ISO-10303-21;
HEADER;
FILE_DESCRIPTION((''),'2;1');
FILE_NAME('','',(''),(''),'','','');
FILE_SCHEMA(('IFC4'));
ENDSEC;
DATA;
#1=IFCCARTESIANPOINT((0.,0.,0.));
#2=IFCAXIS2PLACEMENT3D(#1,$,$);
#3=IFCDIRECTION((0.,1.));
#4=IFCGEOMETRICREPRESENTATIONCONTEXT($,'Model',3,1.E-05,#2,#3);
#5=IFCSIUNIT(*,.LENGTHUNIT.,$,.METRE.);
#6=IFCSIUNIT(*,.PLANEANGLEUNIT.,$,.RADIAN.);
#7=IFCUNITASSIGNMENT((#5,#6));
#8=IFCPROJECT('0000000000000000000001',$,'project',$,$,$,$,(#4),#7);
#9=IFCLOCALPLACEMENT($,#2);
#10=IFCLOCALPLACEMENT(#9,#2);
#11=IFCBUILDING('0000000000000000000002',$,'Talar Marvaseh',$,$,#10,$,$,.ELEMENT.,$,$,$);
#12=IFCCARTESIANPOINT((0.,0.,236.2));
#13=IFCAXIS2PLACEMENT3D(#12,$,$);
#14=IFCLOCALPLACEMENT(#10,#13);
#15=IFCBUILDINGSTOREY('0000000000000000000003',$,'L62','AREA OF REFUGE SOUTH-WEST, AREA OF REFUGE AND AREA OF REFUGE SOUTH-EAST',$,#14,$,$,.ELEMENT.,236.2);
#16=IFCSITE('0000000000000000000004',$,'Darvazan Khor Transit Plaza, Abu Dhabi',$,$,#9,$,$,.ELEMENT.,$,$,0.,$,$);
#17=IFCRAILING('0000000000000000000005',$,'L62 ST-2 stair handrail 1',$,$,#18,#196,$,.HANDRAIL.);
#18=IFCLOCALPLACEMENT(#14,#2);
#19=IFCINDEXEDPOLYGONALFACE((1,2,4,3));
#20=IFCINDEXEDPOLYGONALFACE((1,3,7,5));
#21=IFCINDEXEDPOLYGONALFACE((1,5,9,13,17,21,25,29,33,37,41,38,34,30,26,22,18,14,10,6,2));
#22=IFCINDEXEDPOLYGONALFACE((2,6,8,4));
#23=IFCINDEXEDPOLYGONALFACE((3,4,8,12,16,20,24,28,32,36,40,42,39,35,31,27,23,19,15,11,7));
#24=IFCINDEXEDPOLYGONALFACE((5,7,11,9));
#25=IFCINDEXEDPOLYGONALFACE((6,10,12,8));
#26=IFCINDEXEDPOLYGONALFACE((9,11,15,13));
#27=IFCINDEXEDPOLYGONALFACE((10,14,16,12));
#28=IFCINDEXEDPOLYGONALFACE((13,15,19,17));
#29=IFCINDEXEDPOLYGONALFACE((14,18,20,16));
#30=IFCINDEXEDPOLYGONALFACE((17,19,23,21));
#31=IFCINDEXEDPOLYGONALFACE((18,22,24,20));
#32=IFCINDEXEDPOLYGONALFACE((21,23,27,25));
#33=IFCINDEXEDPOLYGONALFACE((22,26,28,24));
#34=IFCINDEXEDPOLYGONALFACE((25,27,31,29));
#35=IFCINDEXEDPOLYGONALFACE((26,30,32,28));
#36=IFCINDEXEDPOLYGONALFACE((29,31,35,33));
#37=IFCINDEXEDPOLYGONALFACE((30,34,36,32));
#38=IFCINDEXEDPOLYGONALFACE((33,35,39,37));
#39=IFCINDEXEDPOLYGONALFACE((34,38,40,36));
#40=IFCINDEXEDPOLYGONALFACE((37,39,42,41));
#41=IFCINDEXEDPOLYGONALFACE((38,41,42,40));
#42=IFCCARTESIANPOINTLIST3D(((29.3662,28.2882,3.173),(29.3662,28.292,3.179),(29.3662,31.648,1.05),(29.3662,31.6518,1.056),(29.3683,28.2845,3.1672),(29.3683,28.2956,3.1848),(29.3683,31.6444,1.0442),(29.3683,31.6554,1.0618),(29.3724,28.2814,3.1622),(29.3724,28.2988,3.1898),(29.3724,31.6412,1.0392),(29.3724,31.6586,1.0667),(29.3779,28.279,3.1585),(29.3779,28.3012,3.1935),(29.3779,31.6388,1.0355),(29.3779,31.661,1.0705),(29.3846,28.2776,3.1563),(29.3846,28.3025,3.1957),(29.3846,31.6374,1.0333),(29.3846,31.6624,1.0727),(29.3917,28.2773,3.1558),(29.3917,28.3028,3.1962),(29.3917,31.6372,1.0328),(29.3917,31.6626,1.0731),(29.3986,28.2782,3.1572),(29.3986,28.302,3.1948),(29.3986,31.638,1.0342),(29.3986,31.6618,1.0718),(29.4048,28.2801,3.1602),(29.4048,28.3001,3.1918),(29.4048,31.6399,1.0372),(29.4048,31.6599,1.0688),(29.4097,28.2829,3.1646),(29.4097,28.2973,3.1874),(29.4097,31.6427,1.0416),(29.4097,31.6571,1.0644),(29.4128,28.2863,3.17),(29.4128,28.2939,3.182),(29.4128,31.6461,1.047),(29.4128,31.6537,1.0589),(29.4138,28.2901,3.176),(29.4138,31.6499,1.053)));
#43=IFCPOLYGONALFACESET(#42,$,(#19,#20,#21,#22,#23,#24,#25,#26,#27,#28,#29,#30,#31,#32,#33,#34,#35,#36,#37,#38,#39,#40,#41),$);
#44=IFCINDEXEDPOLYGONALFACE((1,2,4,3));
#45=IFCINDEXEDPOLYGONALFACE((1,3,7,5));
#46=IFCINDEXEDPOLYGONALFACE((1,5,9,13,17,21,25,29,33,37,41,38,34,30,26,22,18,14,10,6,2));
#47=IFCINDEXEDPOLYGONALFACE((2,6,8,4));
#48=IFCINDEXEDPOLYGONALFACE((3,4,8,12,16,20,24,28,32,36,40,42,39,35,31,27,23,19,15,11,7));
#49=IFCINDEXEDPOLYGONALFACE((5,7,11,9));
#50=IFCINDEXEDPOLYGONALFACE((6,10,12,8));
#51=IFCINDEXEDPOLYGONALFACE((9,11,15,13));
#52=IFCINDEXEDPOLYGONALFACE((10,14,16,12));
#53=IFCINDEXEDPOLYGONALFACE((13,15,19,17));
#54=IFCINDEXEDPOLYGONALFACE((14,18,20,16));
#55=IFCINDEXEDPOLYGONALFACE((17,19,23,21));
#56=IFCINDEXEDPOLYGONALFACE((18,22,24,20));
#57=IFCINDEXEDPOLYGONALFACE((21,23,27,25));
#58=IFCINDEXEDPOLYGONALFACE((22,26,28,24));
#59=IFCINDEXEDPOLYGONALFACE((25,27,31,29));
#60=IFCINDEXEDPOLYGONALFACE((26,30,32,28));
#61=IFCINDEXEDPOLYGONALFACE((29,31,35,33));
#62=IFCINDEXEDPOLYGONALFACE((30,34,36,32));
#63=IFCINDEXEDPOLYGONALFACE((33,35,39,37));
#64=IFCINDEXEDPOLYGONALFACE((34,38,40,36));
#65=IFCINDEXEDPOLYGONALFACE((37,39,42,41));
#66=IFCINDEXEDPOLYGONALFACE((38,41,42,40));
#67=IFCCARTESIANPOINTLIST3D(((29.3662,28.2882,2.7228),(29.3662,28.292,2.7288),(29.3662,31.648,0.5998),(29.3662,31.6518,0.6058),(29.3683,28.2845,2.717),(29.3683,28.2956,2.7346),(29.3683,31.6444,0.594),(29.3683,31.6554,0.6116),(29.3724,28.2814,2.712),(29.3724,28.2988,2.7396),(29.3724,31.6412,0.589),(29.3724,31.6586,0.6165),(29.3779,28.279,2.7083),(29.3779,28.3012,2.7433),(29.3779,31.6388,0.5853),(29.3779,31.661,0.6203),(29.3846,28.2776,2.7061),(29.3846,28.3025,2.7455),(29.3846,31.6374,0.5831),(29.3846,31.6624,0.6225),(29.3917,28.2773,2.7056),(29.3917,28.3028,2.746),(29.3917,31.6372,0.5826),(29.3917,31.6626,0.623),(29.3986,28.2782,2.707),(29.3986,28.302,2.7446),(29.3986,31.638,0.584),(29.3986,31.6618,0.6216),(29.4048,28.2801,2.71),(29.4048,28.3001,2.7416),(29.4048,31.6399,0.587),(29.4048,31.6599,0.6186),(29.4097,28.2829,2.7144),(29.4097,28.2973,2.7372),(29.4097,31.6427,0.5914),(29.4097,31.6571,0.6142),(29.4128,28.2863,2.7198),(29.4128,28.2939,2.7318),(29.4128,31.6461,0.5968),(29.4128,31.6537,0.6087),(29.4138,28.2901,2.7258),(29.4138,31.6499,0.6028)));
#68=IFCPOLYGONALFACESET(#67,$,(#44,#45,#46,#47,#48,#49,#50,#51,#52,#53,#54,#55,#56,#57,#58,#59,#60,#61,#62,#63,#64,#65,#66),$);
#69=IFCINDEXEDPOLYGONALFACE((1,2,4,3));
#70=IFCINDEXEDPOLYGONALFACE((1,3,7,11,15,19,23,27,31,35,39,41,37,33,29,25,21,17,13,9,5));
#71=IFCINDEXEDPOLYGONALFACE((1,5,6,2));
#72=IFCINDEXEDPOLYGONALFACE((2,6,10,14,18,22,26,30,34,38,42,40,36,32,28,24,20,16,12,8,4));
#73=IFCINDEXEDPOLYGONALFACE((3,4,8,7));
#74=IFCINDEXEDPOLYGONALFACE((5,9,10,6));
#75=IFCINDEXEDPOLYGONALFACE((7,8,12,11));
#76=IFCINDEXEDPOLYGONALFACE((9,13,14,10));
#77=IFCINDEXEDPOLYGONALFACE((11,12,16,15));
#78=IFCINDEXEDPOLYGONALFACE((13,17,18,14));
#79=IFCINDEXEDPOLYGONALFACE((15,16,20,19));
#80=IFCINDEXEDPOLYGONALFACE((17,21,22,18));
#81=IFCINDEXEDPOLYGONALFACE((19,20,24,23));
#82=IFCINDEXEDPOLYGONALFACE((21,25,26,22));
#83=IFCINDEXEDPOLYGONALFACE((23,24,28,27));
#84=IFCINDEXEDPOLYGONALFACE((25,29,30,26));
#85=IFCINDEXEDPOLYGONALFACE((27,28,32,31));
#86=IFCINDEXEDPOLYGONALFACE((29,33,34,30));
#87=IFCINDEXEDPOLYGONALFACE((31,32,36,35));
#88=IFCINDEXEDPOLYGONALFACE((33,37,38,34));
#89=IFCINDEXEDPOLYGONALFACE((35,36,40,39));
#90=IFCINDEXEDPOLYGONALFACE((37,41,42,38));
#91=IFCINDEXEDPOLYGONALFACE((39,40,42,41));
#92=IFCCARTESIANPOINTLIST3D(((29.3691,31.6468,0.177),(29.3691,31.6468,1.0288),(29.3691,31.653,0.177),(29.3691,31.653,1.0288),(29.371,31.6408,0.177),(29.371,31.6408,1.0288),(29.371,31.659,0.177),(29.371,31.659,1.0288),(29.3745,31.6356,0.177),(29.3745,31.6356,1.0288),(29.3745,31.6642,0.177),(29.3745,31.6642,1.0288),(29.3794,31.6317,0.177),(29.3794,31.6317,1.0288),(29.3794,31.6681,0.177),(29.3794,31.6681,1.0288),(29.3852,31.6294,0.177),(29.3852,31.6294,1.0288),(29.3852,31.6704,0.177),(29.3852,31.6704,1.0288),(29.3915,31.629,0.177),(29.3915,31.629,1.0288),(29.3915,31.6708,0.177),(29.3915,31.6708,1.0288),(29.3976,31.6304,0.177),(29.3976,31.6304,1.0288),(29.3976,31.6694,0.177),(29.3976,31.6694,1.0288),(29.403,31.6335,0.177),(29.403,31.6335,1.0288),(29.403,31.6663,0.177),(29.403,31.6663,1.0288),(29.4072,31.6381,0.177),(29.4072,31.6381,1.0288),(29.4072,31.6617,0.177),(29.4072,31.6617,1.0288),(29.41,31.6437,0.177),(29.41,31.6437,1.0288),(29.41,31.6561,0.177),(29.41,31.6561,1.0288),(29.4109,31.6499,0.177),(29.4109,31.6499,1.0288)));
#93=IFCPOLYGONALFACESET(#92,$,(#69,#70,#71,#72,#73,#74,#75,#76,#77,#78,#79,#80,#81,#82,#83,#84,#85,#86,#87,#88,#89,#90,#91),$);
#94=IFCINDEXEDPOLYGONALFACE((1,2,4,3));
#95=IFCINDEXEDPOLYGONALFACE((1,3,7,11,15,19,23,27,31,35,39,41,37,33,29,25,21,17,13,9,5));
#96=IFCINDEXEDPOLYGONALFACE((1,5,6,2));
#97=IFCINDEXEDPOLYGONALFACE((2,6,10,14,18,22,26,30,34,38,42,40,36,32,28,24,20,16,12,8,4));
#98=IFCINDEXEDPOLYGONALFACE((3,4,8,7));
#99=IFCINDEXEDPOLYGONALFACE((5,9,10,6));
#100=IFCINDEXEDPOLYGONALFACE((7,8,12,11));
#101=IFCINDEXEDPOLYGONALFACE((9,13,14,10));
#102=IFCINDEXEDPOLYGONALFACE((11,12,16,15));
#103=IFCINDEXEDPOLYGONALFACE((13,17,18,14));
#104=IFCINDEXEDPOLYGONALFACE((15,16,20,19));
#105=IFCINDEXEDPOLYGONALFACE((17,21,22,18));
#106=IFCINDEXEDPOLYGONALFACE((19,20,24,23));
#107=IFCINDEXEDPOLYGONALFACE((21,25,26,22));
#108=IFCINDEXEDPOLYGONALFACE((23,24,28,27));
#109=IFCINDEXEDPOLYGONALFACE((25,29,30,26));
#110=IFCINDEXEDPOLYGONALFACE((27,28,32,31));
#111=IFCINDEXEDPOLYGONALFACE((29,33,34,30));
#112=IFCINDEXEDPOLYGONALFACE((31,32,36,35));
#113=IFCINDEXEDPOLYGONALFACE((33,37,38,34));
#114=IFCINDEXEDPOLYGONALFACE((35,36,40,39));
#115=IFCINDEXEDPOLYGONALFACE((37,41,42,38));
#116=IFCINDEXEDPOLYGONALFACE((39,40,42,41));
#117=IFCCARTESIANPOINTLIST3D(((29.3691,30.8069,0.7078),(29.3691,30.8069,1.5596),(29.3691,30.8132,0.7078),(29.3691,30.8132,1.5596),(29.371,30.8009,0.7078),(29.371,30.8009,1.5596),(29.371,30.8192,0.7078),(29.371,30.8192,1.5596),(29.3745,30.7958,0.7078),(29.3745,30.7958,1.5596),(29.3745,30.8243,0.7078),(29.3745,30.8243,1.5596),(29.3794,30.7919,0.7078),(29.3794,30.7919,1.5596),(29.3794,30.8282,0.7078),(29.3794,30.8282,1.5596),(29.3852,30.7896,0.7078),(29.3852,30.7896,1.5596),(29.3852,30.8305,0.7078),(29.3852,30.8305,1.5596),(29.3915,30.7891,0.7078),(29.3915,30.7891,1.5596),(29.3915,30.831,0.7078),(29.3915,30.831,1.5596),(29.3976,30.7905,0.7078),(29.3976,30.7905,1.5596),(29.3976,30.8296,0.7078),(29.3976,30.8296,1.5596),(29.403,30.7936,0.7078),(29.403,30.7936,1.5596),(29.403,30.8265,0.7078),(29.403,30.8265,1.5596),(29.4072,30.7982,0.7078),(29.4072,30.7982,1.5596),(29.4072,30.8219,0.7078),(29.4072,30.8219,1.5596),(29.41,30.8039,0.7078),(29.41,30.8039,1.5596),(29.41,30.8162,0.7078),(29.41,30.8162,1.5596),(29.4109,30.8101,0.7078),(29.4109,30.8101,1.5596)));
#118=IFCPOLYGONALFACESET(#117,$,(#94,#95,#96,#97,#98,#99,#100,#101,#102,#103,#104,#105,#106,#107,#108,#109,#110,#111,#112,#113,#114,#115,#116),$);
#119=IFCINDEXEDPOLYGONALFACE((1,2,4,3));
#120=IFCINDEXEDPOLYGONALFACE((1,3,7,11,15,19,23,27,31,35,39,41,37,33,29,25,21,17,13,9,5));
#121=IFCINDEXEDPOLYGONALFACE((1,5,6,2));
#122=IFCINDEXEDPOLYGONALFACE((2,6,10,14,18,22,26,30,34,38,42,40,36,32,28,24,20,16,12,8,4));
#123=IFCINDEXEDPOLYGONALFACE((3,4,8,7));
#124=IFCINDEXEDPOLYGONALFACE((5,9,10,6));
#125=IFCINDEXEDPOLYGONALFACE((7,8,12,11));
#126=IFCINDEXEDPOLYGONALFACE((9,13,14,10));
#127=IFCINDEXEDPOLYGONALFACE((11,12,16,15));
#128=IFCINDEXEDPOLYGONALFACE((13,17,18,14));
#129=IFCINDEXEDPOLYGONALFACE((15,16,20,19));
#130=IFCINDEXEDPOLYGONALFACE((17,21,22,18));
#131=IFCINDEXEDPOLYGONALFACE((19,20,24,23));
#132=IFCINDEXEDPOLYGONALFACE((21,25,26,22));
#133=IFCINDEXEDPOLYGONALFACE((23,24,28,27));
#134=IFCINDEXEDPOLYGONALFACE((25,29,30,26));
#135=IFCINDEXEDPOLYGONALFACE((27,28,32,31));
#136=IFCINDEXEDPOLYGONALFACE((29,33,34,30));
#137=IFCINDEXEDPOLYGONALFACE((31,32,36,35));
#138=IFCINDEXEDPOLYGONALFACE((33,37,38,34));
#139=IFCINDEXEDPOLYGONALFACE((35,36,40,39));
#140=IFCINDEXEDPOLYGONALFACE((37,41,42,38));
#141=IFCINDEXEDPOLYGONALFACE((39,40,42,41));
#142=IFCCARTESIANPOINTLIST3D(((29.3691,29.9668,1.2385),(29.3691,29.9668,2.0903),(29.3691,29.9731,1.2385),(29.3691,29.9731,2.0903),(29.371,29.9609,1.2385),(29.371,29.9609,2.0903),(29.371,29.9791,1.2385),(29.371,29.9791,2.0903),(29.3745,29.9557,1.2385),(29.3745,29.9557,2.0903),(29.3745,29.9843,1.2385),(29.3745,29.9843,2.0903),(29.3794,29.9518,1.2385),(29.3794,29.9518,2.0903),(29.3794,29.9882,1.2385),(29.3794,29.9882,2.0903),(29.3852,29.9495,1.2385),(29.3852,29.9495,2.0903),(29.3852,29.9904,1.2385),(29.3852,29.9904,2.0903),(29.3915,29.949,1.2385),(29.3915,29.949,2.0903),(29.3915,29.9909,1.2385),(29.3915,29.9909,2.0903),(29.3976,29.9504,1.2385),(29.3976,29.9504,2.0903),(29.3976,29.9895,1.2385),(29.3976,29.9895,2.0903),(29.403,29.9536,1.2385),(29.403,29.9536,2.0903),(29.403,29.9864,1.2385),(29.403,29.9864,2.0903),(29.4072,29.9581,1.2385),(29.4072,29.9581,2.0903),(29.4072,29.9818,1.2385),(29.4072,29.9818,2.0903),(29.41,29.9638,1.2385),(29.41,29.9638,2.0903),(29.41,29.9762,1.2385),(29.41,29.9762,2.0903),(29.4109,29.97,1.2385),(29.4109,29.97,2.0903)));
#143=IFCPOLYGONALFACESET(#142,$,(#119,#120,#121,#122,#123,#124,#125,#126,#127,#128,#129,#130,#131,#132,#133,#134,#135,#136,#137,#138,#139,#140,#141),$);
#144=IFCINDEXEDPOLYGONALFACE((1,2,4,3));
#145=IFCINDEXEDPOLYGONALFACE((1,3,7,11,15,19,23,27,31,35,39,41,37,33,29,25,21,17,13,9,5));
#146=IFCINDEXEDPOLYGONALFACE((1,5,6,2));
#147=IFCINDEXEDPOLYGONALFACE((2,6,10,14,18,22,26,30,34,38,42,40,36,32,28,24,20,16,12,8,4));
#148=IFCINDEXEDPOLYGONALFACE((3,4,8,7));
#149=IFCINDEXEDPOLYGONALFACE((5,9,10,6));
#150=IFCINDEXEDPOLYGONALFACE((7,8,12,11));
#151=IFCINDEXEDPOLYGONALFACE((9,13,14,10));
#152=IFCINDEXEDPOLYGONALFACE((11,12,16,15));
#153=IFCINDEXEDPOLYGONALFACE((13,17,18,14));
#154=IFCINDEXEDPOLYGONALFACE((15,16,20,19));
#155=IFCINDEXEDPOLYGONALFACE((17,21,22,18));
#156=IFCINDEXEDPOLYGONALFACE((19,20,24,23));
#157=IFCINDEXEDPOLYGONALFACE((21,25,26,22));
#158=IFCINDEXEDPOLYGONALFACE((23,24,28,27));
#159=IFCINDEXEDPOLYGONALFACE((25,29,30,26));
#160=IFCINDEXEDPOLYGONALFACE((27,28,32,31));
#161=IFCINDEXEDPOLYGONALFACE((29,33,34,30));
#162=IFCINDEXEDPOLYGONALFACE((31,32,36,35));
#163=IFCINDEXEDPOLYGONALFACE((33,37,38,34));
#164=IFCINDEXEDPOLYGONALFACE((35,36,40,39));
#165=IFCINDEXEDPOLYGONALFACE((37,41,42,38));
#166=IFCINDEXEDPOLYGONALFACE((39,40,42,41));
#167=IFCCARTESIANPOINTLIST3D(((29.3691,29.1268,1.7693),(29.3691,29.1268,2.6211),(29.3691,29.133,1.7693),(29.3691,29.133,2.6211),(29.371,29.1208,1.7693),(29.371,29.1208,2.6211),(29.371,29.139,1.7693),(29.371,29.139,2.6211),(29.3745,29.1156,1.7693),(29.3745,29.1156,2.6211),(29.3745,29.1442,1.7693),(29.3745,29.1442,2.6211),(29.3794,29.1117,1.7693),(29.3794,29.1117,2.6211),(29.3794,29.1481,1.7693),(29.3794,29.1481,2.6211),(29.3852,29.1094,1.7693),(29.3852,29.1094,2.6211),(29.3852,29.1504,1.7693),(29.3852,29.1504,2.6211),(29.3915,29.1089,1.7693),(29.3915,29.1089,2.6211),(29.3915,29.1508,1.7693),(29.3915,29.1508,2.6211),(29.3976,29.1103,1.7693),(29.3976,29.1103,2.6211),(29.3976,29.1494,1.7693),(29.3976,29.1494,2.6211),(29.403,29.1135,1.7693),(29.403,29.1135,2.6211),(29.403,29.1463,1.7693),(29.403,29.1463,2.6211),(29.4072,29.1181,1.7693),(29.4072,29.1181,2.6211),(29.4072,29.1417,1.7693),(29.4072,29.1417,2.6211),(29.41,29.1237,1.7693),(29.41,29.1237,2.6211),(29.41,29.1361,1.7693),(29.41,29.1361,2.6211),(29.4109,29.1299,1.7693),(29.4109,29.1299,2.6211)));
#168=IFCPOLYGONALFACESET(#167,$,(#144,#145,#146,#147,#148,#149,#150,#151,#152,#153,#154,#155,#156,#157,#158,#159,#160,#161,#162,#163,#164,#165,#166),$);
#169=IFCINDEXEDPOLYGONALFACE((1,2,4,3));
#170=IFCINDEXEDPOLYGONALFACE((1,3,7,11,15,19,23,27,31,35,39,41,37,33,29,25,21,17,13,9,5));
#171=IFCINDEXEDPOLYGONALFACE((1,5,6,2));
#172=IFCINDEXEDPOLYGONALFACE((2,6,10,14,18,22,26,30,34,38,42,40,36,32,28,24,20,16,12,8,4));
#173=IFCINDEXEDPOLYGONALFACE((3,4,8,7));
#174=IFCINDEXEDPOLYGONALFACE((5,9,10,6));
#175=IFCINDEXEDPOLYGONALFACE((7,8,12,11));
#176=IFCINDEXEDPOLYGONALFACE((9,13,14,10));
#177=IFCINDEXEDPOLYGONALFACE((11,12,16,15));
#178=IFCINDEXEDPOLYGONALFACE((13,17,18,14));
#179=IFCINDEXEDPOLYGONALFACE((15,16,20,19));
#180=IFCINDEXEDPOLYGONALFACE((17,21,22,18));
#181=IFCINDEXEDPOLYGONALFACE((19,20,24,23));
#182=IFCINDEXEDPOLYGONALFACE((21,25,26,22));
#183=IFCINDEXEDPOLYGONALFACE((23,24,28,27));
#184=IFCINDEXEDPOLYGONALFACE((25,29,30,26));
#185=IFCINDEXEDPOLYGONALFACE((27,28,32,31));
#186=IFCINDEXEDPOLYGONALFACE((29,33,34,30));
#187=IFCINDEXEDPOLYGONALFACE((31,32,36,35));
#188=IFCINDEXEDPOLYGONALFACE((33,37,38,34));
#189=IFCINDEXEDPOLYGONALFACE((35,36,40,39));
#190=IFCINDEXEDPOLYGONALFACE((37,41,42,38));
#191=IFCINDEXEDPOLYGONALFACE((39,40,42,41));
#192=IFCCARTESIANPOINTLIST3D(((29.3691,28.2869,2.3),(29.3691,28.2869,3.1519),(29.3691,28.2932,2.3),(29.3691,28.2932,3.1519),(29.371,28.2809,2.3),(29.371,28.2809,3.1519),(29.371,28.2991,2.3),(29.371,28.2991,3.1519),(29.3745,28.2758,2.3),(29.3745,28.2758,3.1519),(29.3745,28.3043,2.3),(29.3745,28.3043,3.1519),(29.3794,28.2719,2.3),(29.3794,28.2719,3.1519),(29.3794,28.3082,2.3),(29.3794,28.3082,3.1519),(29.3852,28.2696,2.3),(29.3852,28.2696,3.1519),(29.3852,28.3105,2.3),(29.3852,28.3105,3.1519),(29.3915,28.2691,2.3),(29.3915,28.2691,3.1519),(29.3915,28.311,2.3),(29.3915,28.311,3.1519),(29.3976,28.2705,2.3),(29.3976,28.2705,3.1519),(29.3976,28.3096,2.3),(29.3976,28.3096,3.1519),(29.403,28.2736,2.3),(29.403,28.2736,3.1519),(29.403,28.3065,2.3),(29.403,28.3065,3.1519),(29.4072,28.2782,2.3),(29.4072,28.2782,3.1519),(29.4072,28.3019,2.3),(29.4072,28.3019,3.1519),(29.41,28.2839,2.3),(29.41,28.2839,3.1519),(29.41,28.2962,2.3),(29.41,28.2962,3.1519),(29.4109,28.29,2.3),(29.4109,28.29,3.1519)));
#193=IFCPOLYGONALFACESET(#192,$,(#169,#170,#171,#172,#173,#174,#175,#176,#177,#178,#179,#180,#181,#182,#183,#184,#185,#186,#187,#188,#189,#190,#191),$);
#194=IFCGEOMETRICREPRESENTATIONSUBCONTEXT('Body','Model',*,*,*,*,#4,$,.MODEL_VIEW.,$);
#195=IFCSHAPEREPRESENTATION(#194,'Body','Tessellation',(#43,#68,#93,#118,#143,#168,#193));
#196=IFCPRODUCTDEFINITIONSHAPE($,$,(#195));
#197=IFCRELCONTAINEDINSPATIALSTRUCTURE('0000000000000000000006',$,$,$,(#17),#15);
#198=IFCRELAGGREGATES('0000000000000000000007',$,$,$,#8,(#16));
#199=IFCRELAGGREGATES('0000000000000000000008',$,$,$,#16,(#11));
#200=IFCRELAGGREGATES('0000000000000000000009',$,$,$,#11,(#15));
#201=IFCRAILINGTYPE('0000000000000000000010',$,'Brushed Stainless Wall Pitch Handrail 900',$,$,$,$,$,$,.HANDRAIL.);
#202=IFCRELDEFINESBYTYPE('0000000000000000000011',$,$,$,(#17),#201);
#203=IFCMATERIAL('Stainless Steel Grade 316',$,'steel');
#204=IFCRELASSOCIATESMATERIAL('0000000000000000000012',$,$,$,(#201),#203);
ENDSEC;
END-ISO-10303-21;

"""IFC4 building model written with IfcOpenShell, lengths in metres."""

from ifc_helpers import new_model, si_unit, direction, frame, origin, origin_2d, place, context, subcontext, project, spatial, circle, extrude, material, type_object, element, save


model = new_model("IFC4")

# Units and contexts
model_context = context("Model", 3, precision=1e-05, world=origin(), true_north=direction((0.0, 1.0)))
body_context = subcontext(model_context, "Body", "Model", "MODEL_VIEW")
ifc_project = project(units=[si_unit("LENGTHUNIT", "METRE"), si_unit("PLANEANGLEUNIT", "RADIAN")], contexts=[model_context])

# Site, building, storey
site_placement = place(None, origin())
site = spatial("IfcSite", under=ifc_project, at=site_placement, Name="Darvazan Khor Transit Plaza, Abu Dhabi", CompositionType="ELEMENT", RefElevation=0.0)
building_placement = place(site_placement, origin())
building = spatial("IfcBuilding", under=site, at=building_placement, Name="Talar Marvaseh", CompositionType="ELEMENT")
storey_placement = place(building_placement, frame((0.0, 0.0, 236.2)))
storey = spatial("IfcBuildingStorey", under=building, at=storey_placement, Name="L62", Description="AREA OF REFUGE SOUTH-WEST, AREA OF REFUGE AND AREA OF REFUGE SOUTH-EAST", CompositionType="ELEMENT", Elevation=236.2)

# Railing
ifc_material_1 = material(Name="Stainless Steel Grade 316", Category="steel")
railing_type_1 = type_object("IfcRailingType", Name="Brushed Stainless Wall Pitch Handrail 900", PredefinedType="HANDRAIL", material=ifc_material_1)
railing_1_placement = place(storey_placement, frame((29.3899, 31.6499, 0.177)))
element("IfcRailing", 1, at=railing_1_placement, inside=storey, type_object=railing_type_1, Name="L62 ST-2 stair handrail 1", PredefinedType="HANDRAIL", context=body_context, shape_type="SweptSolid", body=[
    extrude(circle(Radius=0.0239, at=origin_2d()), frame((0.0, 0.0, 0.876), z_axis=(0.0, -0.845372, 0.534178), x_axis=(1.0, 0.0, 0.0)), (0.0, 0.0, 1.0), 3.9744),
    extrude(circle(Radius=0.0239, at=origin_2d()), frame((0.0, 0.0, 0.4258), z_axis=(0.0, -0.845372, 0.534178), x_axis=(1.0, 0.0, 0.0)), (0.0, 0.0, 1.0), 3.9744),
    extrude(circle(Radius=0.021, at=origin_2d()), origin(), (0.0, 0.0, 1.0), 0.8518),
    extrude(circle(Radius=0.021, at=origin_2d()), frame((0.0, -0.8398, 0.5308)), (0.0, 0.0, 1.0), 0.8518),
    extrude(circle(Radius=0.021, at=origin_2d()), frame((0.0, -1.6799, 1.0615)), (0.0, 0.0, 1.0), 0.8518),
    extrude(circle(Radius=0.021, at=origin_2d()), frame((0.0, -2.52, 1.5923)), (0.0, 0.0, 1.0), 0.8518),
    extrude(circle(Radius=0.021, at=origin_2d()), frame((0.0, -3.3599, 2.123)), (0.0, 0.0, 1.0), 0.8518),
])

save(model, "model.ifc")
